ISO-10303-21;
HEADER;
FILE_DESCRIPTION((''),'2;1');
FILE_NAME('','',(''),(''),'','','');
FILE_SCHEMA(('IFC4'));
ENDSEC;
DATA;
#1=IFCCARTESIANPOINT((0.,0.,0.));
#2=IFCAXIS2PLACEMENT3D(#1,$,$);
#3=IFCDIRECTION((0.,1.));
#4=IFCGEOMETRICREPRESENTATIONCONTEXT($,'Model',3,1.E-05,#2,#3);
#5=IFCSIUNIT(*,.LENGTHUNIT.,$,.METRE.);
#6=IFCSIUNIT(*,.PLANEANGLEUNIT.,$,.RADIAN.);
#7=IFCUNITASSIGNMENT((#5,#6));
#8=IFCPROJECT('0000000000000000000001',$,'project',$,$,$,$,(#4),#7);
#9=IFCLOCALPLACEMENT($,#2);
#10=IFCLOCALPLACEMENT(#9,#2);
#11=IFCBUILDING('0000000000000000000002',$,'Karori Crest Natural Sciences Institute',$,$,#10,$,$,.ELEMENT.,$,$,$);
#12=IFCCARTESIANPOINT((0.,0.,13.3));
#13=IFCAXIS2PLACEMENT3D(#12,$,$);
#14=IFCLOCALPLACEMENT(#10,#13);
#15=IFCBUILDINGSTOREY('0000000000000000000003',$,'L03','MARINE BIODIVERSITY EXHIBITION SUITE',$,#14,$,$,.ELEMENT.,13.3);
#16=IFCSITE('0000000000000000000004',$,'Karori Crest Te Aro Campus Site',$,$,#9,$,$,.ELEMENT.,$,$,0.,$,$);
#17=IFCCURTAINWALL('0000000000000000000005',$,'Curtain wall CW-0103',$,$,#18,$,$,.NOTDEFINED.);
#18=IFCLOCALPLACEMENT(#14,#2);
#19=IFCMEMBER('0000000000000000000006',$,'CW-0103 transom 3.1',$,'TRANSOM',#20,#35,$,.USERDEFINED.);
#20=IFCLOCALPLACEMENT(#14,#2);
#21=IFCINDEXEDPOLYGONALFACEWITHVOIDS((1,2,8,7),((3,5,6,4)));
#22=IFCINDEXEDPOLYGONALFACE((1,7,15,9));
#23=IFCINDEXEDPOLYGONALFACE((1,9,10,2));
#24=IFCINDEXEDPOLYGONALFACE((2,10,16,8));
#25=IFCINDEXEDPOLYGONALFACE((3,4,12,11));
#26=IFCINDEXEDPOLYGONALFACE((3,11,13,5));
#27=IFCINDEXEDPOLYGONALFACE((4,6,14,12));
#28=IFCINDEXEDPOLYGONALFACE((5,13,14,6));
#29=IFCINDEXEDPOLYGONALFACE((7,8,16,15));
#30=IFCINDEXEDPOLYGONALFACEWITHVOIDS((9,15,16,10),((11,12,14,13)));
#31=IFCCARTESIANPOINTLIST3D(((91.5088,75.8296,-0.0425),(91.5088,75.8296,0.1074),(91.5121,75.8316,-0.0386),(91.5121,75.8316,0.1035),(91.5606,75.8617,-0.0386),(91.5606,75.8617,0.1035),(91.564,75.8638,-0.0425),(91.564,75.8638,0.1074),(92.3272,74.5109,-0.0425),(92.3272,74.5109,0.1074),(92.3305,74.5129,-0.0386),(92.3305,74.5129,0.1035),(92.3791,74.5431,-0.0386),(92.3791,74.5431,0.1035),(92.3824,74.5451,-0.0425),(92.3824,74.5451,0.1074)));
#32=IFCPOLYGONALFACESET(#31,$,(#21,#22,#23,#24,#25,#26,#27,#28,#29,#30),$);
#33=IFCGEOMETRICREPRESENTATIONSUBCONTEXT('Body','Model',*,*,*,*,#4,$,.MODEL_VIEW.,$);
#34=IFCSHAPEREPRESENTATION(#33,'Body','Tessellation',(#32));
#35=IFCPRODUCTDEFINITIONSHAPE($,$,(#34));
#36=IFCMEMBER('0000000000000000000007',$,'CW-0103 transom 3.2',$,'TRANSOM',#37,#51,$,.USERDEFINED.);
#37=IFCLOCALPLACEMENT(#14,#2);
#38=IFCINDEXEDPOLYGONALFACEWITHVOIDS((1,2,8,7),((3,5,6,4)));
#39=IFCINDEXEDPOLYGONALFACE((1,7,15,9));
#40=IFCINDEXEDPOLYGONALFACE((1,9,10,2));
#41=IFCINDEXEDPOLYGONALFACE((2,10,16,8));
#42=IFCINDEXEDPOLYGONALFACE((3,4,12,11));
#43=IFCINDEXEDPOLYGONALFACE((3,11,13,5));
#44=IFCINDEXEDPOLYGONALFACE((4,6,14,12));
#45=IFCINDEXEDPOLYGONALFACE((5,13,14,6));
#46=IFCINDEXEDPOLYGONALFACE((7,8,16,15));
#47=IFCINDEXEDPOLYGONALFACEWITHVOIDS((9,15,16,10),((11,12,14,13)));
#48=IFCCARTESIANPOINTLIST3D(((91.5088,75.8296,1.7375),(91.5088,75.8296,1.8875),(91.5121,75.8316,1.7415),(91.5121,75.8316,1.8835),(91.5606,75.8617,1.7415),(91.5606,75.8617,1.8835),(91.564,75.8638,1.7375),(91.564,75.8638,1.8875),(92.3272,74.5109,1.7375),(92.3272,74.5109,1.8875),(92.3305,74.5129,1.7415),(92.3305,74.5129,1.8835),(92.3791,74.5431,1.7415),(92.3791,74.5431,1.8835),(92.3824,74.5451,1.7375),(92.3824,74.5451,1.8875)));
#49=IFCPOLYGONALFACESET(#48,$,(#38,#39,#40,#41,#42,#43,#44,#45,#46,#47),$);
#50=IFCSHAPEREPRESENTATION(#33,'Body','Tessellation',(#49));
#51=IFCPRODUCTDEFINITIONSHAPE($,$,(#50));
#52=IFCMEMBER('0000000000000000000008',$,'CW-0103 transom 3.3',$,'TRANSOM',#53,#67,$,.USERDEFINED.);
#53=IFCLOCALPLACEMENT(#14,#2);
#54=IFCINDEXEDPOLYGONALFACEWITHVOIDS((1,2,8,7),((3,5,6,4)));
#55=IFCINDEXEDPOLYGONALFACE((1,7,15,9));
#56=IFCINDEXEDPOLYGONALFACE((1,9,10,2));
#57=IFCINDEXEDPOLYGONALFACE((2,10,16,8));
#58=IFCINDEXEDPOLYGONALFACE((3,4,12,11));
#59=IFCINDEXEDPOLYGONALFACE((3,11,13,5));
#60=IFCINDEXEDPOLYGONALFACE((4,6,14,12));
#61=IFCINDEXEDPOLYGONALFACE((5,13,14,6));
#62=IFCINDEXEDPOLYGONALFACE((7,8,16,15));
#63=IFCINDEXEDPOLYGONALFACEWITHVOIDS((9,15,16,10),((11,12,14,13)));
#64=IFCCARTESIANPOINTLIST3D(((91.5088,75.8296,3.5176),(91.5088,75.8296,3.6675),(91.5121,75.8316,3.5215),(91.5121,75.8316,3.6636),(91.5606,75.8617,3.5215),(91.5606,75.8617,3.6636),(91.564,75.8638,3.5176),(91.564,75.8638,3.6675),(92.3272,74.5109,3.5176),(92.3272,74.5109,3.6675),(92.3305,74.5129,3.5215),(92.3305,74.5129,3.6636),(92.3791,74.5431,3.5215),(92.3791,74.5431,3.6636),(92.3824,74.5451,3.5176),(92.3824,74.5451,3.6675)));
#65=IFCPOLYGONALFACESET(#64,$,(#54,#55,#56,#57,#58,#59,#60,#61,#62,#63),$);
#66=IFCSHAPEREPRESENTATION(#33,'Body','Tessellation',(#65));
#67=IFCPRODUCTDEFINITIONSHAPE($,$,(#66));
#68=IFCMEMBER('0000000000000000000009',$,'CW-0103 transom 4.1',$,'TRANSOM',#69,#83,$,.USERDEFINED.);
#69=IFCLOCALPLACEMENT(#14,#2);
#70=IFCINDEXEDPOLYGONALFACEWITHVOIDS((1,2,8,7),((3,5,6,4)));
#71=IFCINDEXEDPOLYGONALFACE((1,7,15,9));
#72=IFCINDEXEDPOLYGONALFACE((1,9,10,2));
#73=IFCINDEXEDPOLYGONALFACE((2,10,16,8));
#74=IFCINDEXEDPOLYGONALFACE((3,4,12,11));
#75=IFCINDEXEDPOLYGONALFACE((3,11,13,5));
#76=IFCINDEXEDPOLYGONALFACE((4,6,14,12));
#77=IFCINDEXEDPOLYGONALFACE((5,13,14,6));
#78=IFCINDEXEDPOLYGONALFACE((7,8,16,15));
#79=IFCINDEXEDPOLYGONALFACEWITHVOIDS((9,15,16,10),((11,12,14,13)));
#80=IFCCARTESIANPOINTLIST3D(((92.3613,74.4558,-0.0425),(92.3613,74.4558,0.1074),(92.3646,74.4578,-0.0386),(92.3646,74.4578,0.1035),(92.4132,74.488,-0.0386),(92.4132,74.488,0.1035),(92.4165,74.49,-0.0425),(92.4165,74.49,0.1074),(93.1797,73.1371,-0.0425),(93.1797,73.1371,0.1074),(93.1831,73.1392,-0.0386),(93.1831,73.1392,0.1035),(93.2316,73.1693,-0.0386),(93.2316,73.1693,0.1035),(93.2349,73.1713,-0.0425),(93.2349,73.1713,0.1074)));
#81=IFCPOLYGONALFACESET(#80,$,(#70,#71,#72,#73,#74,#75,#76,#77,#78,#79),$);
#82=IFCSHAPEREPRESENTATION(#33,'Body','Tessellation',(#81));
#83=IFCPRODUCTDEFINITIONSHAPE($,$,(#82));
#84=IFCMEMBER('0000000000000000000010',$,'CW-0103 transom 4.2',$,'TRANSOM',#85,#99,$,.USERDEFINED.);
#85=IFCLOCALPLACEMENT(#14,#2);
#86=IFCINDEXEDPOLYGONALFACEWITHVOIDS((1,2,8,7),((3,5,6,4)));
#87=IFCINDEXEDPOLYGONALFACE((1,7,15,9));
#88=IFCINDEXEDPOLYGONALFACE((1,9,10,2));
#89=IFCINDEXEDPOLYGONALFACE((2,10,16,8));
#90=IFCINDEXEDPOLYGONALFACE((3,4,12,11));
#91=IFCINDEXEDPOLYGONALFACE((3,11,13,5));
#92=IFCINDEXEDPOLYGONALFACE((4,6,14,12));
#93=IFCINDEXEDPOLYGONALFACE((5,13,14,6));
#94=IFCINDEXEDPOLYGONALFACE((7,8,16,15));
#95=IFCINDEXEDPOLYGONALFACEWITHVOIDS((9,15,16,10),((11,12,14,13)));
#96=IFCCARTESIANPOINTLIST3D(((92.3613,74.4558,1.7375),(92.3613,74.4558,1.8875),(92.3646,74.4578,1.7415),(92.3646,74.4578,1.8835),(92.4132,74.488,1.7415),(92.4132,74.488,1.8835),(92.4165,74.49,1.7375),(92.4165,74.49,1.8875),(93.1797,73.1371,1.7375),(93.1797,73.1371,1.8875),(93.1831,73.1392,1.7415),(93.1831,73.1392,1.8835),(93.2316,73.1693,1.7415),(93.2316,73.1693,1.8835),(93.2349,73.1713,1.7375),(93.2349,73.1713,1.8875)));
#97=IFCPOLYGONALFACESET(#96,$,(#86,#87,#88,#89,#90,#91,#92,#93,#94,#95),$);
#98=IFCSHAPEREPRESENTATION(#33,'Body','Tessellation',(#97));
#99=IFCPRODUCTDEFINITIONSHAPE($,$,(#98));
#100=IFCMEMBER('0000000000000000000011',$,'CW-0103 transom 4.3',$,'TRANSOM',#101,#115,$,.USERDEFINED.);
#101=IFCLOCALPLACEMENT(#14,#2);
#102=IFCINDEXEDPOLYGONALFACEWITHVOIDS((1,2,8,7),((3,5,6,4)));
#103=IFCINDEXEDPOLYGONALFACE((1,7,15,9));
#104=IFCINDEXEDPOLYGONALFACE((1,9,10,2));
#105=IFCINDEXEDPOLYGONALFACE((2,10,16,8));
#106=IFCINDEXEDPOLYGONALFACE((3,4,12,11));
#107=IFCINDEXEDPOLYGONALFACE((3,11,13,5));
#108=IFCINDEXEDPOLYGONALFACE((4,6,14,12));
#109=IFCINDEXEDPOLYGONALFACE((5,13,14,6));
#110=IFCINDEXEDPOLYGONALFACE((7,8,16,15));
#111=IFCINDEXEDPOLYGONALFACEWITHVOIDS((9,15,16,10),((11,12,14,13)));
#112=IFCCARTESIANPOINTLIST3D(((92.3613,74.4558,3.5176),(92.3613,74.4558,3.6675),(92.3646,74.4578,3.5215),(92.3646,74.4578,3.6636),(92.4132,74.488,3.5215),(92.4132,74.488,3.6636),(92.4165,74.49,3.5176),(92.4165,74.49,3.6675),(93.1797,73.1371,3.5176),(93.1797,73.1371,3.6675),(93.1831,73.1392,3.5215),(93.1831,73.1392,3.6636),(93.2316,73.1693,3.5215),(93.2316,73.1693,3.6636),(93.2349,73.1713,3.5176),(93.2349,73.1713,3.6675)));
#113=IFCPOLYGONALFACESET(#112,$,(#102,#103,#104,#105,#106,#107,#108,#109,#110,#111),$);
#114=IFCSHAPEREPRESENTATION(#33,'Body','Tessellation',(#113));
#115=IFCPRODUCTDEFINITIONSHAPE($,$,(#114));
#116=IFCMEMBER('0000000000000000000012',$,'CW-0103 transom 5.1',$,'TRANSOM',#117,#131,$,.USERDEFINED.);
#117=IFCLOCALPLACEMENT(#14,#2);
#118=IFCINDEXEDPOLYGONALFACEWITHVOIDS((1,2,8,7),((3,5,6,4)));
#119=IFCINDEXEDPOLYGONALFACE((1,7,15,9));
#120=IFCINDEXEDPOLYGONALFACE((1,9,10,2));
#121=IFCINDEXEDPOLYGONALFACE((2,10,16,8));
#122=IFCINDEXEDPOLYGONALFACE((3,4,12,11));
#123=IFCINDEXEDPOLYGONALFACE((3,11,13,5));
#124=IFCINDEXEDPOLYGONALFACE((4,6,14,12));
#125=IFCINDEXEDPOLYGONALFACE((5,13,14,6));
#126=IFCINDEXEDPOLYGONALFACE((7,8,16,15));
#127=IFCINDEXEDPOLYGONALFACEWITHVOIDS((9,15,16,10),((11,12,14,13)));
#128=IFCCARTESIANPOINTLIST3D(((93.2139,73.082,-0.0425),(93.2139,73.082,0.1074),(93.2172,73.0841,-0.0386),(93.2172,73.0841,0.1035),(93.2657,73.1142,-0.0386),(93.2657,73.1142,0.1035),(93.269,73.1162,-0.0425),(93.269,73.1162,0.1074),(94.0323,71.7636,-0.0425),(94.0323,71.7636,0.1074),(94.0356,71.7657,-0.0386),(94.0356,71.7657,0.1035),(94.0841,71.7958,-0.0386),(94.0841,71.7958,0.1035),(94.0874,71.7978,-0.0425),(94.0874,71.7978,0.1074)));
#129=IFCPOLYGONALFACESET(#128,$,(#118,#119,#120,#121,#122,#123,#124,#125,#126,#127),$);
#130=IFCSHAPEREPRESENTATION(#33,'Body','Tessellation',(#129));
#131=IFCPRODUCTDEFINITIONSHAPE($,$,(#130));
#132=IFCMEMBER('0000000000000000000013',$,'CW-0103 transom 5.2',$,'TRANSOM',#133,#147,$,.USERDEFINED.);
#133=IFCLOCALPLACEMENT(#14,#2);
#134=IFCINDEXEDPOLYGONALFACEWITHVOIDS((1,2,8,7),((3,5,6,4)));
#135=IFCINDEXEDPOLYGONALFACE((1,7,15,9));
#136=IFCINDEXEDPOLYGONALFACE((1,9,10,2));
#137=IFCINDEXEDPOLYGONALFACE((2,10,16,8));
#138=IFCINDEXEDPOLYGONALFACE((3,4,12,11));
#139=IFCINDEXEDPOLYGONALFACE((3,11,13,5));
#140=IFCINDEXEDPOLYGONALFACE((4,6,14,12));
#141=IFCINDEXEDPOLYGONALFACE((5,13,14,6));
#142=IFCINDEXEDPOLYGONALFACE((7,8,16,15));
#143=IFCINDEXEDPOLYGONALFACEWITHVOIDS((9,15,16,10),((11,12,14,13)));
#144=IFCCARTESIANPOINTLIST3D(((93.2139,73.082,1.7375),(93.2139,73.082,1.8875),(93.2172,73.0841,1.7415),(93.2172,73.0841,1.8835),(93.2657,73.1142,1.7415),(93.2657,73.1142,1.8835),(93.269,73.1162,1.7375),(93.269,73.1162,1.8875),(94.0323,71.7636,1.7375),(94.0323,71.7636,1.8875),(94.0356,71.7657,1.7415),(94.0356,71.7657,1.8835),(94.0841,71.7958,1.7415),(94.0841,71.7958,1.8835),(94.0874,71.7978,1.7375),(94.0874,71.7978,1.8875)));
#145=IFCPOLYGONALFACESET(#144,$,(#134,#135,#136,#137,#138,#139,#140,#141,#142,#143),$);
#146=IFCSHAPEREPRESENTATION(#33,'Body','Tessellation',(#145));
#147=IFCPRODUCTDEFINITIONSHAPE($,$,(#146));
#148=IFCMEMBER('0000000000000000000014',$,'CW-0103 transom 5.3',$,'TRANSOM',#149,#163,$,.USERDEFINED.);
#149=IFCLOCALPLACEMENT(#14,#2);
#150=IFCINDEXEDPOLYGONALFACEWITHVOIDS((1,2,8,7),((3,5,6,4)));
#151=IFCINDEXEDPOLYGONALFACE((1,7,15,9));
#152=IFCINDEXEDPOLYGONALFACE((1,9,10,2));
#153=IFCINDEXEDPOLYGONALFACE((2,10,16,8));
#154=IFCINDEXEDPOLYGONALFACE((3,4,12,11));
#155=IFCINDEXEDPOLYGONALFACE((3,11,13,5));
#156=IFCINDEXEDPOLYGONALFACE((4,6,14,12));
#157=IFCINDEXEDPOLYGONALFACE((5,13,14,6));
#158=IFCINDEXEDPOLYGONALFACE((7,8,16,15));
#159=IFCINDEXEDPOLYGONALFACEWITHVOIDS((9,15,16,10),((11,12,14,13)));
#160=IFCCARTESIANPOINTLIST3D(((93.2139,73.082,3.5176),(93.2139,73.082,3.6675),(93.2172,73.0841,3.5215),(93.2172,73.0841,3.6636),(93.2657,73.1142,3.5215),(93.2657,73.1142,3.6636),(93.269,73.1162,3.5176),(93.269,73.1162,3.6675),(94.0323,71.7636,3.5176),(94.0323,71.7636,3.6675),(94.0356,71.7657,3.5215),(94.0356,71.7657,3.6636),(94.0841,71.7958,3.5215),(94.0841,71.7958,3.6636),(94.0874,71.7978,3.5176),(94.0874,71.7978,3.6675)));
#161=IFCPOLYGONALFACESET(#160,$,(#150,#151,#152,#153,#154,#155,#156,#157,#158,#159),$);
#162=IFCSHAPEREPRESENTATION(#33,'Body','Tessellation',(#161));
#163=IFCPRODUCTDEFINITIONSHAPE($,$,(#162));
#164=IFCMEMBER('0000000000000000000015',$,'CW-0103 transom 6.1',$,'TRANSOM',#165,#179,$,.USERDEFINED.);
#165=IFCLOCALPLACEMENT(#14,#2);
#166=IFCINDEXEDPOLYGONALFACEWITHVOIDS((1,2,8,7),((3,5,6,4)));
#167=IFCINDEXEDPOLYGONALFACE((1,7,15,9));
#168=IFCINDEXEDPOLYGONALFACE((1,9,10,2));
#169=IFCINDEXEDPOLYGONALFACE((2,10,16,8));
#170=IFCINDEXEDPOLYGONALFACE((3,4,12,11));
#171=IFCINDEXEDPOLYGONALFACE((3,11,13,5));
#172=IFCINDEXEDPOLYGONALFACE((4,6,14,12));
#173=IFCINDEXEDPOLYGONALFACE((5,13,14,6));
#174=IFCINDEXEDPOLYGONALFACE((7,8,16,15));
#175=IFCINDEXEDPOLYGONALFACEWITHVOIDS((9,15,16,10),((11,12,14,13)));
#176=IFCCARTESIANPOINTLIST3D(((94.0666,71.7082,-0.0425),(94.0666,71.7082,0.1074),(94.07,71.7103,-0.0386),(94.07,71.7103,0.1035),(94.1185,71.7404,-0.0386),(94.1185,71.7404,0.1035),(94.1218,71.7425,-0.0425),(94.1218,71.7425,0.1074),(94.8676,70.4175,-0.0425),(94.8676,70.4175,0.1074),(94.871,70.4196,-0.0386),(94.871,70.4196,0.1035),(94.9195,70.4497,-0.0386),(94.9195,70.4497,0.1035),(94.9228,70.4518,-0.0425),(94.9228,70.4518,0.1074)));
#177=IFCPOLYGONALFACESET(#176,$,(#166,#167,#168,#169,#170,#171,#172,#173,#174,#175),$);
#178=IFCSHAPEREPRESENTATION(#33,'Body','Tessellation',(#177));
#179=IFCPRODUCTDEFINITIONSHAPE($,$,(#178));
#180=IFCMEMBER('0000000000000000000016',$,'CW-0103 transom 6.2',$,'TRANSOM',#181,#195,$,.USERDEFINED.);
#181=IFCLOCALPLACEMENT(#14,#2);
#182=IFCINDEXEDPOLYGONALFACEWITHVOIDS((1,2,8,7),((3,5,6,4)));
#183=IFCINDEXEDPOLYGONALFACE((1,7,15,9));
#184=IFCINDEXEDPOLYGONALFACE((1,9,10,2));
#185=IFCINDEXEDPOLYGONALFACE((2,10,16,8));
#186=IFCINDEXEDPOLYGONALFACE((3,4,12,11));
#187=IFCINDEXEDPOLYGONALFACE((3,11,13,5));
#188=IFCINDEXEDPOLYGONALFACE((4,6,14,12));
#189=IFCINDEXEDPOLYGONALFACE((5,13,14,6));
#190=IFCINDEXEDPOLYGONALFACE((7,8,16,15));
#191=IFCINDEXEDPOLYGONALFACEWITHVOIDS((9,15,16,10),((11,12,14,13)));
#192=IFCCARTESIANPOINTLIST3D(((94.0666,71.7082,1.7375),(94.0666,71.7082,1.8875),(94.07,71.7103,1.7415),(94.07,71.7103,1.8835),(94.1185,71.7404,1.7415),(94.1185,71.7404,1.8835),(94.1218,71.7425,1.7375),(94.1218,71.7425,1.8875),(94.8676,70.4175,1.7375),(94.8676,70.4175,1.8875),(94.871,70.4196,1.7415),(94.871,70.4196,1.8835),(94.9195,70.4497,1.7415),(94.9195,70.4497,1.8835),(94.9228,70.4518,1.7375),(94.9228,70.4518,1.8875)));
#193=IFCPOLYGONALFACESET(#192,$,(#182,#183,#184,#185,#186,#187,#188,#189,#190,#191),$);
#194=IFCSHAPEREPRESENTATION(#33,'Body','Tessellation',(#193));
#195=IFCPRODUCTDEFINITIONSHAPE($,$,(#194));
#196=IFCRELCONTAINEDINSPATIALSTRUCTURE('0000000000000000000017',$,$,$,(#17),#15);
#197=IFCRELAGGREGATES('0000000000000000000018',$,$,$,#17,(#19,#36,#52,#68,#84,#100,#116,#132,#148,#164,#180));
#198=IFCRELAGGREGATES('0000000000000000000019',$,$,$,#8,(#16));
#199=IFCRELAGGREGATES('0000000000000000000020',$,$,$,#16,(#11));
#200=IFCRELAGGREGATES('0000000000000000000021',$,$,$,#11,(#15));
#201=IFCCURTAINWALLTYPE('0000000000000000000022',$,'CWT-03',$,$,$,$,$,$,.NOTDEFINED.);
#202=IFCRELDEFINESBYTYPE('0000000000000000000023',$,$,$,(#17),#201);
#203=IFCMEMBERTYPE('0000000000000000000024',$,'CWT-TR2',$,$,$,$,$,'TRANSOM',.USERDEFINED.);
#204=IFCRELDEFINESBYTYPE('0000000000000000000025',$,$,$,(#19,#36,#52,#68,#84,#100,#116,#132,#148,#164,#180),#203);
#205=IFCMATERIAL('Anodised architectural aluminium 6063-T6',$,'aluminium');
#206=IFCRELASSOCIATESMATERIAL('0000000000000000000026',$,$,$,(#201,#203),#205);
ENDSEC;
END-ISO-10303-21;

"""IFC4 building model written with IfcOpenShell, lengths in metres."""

from ifc_helpers import new_model, si_unit, direction, frame, origin, origin_2d, place, context, subcontext, project, spatial, hollow_rectangle, extrude, material, material_profile, profile_set, type_object, element, aggregate, save


model = new_model("IFC4")

# Units and contexts
model_context = context("Model", 3, precision=1e-05, world=origin(), true_north=direction((0.0, 1.0)))
body_context = subcontext(model_context, "Body", "Model", "MODEL_VIEW")
ifc_project = project(units=[si_unit("LENGTHUNIT", "METRE"), si_unit("PLANEANGLEUNIT", "RADIAN")], contexts=[model_context])

# Site, building, storey
site_placement = place(None, origin())
site = spatial("IfcSite", under=ifc_project, at=site_placement, Name="Karori Crest Te Aro Campus Site", CompositionType="ELEMENT", RefElevation=0.0)
building_placement = place(site_placement, origin())
building = spatial("IfcBuilding", under=site, at=building_placement, Name="Karori Crest Natural Sciences Institute", CompositionType="ELEMENT")
storey_placement = place(building_placement, frame((0.0, 0.0, 13.3)))
storey = spatial("IfcBuildingStorey", under=building, at=storey_placement, Name="L03", Description="MARINE BIODIVERSITY EXHIBITION SUITE", CompositionType="ELEMENT", Elevation=13.3)

# Curtain wall, members
ifc_material_1 = material(Name="Anodised architectural aluminium 6063-T6", Category="aluminium")
curtain_wall_type = type_object("IfcCurtainWallType", Name="CWT-03", PredefinedType="NOTDEFINED", material=ifc_material_1)
curtain_wall_placement = place(storey_placement, origin())
curtain_wall = element("IfcCurtainWall", 1, at=curtain_wall_placement, inside=storey, type_object=curtain_wall_type, Name="Curtain wall CW-0103", PredefinedType="NOTDEFINED")
ifc_material_profile_1 = material_profile(ifc_material_1, hollow_rectangle(XDim=0.0649, YDim=0.1499, WallThickness=0.0039, at=origin_2d()), Name="CWT150x65x4")
ifc_profile_set_1 = profile_set([ifc_material_profile_1], Name="Anodised architectural aluminium 6063-T6")
member_type_1 = type_object("IfcMemberType", Name="CWT-TR2", ElementType="TRANSOM", PredefinedType="USERDEFINED", material=ifc_profile_set_1)
member_1_placement = place(storey_placement, frame((91.5364, 75.8467, 0.0325), z_axis=(0.527324, -0.849664, 0.0), x_axis=(0.849664, 0.527324, 0.0)))
member_1 = element("IfcMember", 2, at=member_1_placement, type_object=member_type_1, Name="CW-0103 transom 3.1", ObjectType="TRANSOM", PredefinedType="USERDEFINED", context=body_context, shape_type="SweptSolid", body=[
    extrude(hollow_rectangle(XDim=0.0649, YDim=0.1499, WallThickness=0.0039, at=origin_2d()), origin(), (0.0, 0.0, 1.0), 1.552),
])
member_2_placement = place(storey_placement, frame((91.5364, 75.8467, 1.8125), z_axis=(0.527324, -0.849664, 0.0), x_axis=(0.849664, 0.527324, 0.0)))
member_2 = element("IfcMember", 3, at=member_2_placement, type_object=member_type_1, Name="CW-0103 transom 3.2", ObjectType="TRANSOM", PredefinedType="USERDEFINED", context=body_context, shape_type="SweptSolid", body=[
    extrude(hollow_rectangle(XDim=0.0649, YDim=0.1499, WallThickness=0.0039, at=origin_2d()), origin(), (0.0, 0.0, 1.0), 1.552),
])
member_3_placement = place(storey_placement, frame((91.5364, 75.8467, 3.5925), z_axis=(0.527324, -0.849664, 0.0), x_axis=(0.849664, 0.527324, 0.0)))
member_3 = element("IfcMember", 4, at=member_3_placement, type_object=member_type_1, Name="CW-0103 transom 3.3", ObjectType="TRANSOM", PredefinedType="USERDEFINED", context=body_context, shape_type="SweptSolid", body=[
    extrude(hollow_rectangle(XDim=0.0649, YDim=0.1499, WallThickness=0.0039, at=origin_2d()), origin(), (0.0, 0.0, 1.0), 1.552),
])
member_4_placement = place(storey_placement, frame((92.3889, 74.4729, 0.0325), z_axis=(0.527324, -0.849664, 0.0), x_axis=(0.849664, 0.527324, 0.0)))
member_4 = element("IfcMember", 5, at=member_4_placement, type_object=member_type_1, Name="CW-0103 transom 4.1", ObjectType="TRANSOM", PredefinedType="USERDEFINED", context=body_context, shape_type="SweptSolid", body=[
    extrude(hollow_rectangle(XDim=0.0649, YDim=0.1499, WallThickness=0.0039, at=origin_2d()), origin(), (0.0, 0.0, 1.0), 1.552),
])
member_5_placement = place(storey_placement, frame((92.3889, 74.4729, 1.8125), z_axis=(0.527324, -0.849664, 0.0), x_axis=(0.849664, 0.527324, 0.0)))
member_5 = element("IfcMember", 6, at=member_5_placement, type_object=member_type_1, Name="CW-0103 transom 4.2", ObjectType="TRANSOM", PredefinedType="USERDEFINED", context=body_context, shape_type="SweptSolid", body=[
    extrude(hollow_rectangle(XDim=0.0649, YDim=0.1499, WallThickness=0.0039, at=origin_2d()), origin(), (0.0, 0.0, 1.0), 1.552),
])
member_6_placement = place(storey_placement, frame((92.3889, 74.4729, 3.5925), z_axis=(0.527324, -0.849664, 0.0), x_axis=(0.849664, 0.527324, 0.0)))
member_6 = element("IfcMember", 7, at=member_6_placement, type_object=member_type_1, Name="CW-0103 transom 4.3", ObjectType="TRANSOM", PredefinedType="USERDEFINED", context=body_context, shape_type="SweptSolid", body=[
    extrude(hollow_rectangle(XDim=0.0649, YDim=0.1499, WallThickness=0.0039, at=origin_2d()), origin(), (0.0, 0.0, 1.0), 1.552),
])
member_7_placement = place(storey_placement, frame((93.2415, 73.0991, 0.0325), z_axis=(0.527394, -0.849621, 0.0), x_axis=(0.849621, 0.527394, 0.0)))
member_7 = element("IfcMember", 8, at=member_7_placement, type_object=member_type_1, Name="CW-0103 transom 5.1", ObjectType="TRANSOM", PredefinedType="USERDEFINED", context=body_context, shape_type="SweptSolid", body=[
    extrude(hollow_rectangle(XDim=0.0649, YDim=0.1499, WallThickness=0.0039, at=origin_2d()), origin(), (0.0, 0.0, 1.0), 1.5518),
])
member_8_placement = place(storey_placement, frame((93.2415, 73.0991, 1.8125), z_axis=(0.527394, -0.849621, 0.0), x_axis=(0.849621, 0.527394, 0.0)))
member_8 = element("IfcMember", 9, at=member_8_placement, type_object=member_type_1, Name="CW-0103 transom 5.2", ObjectType="TRANSOM", PredefinedType="USERDEFINED", context=body_context, shape_type="SweptSolid", body=[
    extrude(hollow_rectangle(XDim=0.0649, YDim=0.1499, WallThickness=0.0039, at=origin_2d()), origin(), (0.0, 0.0, 1.0), 1.5518),
])
member_9_placement = place(storey_placement, frame((93.2415, 73.0991, 3.5925), z_axis=(0.527394, -0.849621, 0.0), x_axis=(0.849621, 0.527394, 0.0)))
member_9 = element("IfcMember", 10, at=member_9_placement, type_object=member_type_1, Name="CW-0103 transom 5.3", ObjectType="TRANSOM", PredefinedType="USERDEFINED", context=body_context, shape_type="SweptSolid", body=[
    extrude(hollow_rectangle(XDim=0.0649, YDim=0.1499, WallThickness=0.0039, at=origin_2d()), origin(), (0.0, 0.0, 1.0), 1.5518),
])
member_10_placement = place(storey_placement, frame((94.0942, 71.7253, 0.0325), z_axis=(0.527295, -0.849682, 0.0), x_axis=(0.849682, 0.527295, 0.0)))
member_10 = element("IfcMember", 11, at=member_10_placement, type_object=member_type_1, Name="CW-0103 transom 6.1", ObjectType="TRANSOM", PredefinedType="USERDEFINED", context=body_context, shape_type="SweptSolid", body=[
    extrude(hollow_rectangle(XDim=0.0649, YDim=0.1499, WallThickness=0.0039, at=origin_2d()), origin(), (0.0, 0.0, 1.0), 1.519),
])
member_11_placement = place(storey_placement, frame((94.0942, 71.7253, 1.8125), z_axis=(0.527295, -0.849682, 0.0), x_axis=(0.849682, 0.527295, 0.0)))
member_11 = element("IfcMember", 12, at=member_11_placement, type_object=member_type_1, Name="CW-0103 transom 6.2", ObjectType="TRANSOM", PredefinedType="USERDEFINED", context=body_context, shape_type="SweptSolid", body=[
    extrude(hollow_rectangle(XDim=0.0649, YDim=0.1499, WallThickness=0.0039, at=origin_2d()), origin(), (0.0, 0.0, 1.0), 1.519),
])
aggregate(curtain_wall, [member_1, member_2, member_3, member_4, member_5, member_6, member_7, member_8, member_9, member_10, member_11])

save(model, "model.ifc")
